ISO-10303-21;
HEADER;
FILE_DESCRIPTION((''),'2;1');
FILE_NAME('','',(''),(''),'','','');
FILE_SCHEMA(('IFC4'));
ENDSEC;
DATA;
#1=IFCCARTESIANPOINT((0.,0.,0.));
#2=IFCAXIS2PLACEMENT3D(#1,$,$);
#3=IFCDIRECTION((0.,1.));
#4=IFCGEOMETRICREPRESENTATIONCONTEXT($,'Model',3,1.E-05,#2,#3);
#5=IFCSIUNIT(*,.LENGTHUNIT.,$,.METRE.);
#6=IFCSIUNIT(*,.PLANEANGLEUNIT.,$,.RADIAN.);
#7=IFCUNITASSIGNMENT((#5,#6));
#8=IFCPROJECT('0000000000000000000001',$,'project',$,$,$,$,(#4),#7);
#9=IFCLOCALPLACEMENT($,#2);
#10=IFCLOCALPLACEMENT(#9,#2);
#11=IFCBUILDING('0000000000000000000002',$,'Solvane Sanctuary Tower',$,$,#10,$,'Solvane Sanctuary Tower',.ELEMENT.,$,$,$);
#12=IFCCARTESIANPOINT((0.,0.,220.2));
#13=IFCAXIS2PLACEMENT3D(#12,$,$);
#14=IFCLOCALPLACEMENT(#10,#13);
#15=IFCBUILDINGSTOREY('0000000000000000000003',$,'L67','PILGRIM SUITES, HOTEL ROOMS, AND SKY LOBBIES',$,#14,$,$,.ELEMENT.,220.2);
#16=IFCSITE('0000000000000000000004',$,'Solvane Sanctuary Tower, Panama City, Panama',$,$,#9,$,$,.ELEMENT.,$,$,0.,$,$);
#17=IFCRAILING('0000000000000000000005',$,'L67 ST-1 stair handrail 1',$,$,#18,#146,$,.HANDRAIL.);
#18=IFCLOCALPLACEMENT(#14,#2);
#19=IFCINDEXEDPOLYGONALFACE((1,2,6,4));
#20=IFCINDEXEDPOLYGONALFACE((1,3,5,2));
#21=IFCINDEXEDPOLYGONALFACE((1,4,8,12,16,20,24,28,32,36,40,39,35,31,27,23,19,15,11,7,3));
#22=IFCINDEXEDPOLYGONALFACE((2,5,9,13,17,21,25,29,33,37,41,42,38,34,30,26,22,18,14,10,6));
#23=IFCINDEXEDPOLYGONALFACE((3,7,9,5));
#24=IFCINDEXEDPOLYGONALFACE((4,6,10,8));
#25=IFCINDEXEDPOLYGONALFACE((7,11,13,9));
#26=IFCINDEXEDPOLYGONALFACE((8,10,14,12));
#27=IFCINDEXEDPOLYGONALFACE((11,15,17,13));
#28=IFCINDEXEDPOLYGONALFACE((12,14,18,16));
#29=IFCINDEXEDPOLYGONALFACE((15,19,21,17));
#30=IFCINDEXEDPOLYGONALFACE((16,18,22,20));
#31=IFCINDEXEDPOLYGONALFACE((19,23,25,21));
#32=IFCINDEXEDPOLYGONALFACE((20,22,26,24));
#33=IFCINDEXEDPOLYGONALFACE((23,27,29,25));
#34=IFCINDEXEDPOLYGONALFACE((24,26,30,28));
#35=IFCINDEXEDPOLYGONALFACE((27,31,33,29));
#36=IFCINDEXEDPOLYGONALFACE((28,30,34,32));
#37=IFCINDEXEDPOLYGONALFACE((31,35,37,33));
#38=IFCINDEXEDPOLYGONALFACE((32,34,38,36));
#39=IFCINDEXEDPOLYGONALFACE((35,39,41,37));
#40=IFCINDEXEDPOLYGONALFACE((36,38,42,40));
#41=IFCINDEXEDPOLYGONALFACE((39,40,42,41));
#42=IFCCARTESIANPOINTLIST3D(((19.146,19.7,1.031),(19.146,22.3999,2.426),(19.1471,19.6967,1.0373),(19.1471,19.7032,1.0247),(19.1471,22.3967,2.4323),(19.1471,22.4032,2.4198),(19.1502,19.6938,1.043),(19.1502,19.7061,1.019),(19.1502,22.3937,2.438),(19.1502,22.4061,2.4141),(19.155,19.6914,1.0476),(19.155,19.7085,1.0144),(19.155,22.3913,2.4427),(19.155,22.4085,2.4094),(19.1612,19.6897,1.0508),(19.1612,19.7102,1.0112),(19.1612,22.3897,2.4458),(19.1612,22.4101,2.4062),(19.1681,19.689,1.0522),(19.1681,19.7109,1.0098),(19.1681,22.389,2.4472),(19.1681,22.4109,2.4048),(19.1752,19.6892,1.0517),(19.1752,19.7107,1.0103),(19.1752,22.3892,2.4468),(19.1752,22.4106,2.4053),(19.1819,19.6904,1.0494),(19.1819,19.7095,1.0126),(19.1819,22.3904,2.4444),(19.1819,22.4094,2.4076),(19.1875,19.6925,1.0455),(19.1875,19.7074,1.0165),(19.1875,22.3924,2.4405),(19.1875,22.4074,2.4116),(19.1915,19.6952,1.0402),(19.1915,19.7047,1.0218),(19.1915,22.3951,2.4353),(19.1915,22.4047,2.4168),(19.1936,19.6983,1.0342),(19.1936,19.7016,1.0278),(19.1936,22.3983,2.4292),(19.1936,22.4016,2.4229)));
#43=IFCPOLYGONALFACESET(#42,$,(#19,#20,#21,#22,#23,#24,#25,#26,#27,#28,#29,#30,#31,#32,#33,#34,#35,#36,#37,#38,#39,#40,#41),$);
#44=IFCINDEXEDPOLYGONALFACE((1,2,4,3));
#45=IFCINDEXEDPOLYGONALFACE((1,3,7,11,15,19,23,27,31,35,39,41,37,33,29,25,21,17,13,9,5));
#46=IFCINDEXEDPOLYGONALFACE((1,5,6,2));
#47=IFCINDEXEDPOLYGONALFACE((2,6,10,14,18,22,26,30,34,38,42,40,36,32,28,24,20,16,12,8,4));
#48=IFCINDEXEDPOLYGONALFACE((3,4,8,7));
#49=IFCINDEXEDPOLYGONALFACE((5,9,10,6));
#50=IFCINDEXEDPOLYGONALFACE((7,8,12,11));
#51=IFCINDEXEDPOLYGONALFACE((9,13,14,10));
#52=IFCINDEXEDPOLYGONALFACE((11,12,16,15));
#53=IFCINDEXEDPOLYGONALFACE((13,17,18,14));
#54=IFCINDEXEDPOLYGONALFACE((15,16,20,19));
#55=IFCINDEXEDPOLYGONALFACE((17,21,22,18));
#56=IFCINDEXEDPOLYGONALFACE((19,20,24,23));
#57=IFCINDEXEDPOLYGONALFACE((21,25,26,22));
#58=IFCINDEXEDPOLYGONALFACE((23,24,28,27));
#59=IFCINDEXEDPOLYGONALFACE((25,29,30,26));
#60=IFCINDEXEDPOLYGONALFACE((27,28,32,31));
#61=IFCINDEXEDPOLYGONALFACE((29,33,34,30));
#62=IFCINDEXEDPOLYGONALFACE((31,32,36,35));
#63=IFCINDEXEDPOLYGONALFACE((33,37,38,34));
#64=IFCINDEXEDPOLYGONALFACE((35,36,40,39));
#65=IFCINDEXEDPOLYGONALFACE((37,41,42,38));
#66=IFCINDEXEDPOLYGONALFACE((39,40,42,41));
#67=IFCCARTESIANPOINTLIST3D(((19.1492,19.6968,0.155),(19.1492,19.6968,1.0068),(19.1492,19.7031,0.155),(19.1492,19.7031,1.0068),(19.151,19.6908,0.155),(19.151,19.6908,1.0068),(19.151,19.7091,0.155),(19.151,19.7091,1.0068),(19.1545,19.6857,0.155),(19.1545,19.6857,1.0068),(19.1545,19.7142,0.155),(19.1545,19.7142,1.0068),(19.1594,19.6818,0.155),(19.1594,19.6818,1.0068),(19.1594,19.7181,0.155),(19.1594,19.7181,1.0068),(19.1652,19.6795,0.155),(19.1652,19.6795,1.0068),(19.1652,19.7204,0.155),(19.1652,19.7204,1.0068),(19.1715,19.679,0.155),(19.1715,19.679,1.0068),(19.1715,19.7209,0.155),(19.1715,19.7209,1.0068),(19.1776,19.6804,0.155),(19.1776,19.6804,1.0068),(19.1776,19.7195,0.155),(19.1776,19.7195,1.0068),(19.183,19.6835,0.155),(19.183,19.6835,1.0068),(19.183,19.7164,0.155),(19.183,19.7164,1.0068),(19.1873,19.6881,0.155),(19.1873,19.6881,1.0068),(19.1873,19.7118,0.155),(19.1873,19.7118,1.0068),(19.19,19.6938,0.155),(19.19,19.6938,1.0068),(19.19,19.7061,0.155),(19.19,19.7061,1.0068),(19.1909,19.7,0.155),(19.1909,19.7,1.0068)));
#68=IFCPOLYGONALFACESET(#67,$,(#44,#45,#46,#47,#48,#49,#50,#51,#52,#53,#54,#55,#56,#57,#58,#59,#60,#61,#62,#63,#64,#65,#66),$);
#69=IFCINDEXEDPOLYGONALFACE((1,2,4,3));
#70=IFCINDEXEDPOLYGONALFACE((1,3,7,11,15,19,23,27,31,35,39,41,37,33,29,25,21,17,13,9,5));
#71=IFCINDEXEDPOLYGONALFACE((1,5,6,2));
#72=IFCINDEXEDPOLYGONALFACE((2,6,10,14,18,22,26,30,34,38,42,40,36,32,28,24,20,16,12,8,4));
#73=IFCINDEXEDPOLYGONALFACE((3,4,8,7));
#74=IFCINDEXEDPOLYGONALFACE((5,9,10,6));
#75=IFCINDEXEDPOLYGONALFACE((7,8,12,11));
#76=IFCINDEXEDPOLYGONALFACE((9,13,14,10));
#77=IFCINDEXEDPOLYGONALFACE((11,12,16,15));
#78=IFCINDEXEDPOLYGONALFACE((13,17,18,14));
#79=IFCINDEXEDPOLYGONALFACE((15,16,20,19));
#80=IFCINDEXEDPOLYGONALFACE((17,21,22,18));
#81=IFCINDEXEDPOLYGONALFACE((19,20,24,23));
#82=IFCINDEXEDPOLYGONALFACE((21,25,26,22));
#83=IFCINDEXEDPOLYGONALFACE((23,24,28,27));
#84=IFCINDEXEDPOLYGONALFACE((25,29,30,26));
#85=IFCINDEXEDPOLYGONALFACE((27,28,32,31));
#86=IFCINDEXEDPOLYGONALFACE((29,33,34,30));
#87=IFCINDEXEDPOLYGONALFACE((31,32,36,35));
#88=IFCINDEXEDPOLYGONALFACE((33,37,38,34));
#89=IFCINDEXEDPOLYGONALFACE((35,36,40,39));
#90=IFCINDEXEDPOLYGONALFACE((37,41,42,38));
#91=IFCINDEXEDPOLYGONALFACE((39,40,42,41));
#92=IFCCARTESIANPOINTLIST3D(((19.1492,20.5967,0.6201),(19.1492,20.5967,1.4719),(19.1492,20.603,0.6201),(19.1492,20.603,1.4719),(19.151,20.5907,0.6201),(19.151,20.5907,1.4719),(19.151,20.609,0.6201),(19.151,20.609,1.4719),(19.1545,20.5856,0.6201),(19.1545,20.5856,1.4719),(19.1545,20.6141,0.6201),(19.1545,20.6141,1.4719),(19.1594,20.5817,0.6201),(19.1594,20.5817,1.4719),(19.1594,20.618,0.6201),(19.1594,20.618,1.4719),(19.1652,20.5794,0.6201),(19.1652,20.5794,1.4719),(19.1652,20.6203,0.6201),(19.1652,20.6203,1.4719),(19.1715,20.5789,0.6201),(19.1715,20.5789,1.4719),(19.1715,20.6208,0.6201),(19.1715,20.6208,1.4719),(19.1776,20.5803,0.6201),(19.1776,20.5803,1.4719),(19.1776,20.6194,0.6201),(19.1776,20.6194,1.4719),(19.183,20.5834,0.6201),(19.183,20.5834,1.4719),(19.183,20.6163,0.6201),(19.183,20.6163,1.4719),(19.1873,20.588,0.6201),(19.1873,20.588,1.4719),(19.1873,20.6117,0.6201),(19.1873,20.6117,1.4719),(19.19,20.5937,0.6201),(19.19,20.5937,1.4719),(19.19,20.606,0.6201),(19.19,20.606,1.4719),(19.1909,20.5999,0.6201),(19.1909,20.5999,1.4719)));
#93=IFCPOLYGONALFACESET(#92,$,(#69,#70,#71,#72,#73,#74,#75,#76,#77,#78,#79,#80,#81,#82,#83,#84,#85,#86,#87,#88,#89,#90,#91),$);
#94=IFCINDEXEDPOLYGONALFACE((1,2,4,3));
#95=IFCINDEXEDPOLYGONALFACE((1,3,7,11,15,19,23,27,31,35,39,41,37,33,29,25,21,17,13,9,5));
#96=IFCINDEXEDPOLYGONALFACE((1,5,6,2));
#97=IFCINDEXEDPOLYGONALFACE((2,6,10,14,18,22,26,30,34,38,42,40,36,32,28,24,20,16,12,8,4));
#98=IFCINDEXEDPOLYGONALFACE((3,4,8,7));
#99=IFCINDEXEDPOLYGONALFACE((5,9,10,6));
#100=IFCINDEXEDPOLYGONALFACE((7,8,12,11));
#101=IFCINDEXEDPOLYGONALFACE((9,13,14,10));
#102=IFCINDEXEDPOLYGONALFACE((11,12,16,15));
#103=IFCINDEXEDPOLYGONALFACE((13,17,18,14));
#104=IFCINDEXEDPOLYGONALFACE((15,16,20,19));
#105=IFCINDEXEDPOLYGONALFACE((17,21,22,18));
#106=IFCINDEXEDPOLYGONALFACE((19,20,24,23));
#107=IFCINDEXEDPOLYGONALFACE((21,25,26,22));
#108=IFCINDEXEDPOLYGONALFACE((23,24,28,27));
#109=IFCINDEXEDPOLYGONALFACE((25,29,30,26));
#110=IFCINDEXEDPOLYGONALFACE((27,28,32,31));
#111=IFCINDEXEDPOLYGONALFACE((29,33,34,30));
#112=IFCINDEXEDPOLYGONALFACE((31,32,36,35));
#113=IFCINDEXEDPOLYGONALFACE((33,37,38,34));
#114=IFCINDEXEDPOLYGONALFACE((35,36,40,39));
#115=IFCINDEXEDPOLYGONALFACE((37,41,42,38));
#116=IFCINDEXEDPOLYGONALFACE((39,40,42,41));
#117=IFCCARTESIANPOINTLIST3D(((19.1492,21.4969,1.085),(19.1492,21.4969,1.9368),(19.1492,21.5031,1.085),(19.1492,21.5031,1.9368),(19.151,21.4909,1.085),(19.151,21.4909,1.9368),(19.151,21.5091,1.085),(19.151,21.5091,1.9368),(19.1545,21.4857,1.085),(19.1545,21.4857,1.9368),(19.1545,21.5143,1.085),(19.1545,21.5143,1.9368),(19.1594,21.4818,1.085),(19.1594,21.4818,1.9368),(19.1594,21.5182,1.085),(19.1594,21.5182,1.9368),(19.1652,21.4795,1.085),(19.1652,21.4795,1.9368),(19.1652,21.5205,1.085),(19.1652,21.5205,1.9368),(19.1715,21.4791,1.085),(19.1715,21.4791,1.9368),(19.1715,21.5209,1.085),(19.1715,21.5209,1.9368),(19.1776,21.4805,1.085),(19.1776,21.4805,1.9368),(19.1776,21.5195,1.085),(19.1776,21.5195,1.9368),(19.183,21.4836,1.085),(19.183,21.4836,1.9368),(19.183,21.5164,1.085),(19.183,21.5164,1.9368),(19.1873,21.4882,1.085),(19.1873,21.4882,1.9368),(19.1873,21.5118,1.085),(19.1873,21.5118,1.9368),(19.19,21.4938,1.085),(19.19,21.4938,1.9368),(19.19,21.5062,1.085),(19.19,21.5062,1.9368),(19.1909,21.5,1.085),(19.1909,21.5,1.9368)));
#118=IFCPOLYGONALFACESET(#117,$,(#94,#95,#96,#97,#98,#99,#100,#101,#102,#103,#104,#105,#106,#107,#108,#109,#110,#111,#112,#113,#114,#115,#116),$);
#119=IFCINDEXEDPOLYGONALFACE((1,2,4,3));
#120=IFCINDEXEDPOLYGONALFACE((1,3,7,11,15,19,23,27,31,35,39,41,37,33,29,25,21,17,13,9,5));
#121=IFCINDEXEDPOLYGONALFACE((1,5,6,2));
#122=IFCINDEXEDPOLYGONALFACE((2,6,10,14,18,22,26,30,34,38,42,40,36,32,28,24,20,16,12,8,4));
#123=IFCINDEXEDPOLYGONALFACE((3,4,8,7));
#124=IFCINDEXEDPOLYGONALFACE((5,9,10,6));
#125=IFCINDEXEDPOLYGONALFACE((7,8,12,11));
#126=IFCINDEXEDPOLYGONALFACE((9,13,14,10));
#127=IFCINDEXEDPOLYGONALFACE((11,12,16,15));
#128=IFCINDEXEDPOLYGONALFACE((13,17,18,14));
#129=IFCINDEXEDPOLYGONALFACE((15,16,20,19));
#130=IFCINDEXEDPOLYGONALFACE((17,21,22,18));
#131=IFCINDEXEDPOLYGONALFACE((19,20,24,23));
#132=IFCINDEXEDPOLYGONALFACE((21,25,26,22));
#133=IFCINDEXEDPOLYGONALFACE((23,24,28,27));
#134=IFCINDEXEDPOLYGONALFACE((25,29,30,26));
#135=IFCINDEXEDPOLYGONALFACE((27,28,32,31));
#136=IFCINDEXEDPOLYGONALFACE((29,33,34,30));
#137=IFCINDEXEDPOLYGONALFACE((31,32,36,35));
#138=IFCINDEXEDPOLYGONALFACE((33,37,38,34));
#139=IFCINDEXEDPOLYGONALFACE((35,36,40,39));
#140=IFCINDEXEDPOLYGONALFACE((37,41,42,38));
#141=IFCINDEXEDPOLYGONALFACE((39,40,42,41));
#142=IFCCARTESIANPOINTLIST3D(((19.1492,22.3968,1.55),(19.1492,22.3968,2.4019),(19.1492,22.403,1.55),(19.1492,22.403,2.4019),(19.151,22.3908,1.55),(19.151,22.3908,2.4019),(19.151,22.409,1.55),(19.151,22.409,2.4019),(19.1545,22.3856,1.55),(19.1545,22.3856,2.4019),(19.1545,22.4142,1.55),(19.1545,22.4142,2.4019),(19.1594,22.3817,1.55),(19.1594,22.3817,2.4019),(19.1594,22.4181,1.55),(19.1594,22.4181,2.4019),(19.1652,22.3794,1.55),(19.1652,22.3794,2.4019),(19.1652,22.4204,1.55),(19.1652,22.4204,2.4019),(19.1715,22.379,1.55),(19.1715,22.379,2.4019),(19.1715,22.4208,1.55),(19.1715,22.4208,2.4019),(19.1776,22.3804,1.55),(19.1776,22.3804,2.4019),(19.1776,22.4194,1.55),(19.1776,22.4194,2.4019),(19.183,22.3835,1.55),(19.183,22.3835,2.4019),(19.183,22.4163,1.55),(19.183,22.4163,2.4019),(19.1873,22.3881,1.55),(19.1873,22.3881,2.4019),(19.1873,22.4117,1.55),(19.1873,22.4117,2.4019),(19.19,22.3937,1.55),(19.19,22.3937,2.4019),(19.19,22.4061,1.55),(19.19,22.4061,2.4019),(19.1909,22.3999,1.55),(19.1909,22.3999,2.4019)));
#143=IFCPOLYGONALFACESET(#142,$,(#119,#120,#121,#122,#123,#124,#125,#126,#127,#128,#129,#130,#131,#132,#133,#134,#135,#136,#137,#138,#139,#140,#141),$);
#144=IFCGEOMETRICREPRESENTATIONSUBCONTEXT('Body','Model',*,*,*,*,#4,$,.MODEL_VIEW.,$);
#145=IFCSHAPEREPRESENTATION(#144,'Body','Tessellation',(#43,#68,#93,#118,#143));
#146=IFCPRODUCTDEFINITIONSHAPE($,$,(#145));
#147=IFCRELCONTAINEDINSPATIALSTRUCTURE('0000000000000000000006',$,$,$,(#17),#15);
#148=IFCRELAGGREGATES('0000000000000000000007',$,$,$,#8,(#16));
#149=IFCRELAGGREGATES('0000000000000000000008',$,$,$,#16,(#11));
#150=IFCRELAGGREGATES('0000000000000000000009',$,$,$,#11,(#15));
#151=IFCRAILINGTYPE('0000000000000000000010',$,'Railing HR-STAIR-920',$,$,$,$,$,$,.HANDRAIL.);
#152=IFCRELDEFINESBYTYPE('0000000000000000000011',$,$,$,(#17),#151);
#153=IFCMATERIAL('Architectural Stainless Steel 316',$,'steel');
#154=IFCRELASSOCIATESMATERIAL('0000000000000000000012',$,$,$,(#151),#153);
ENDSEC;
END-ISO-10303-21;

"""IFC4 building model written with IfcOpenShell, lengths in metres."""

from ifc_helpers import new_model, si_unit, direction, frame, origin, origin_2d, place, context, subcontext, project, spatial, circle, extrude, material, type_object, element, save


model = new_model("IFC4")

# Units and contexts
model_context = context("Model", 3, precision=1e-05, world=origin(), true_north=direction((0.0, 1.0)))
body_context = subcontext(model_context, "Body", "Model", "MODEL_VIEW")
ifc_project = project(units=[si_unit("LENGTHUNIT", "METRE"), si_unit("PLANEANGLEUNIT", "RADIAN")], contexts=[model_context])

# Site, building, storey
site_placement = place(None, origin())
site = spatial("IfcSite", under=ifc_project, at=site_placement, Name="Solvane Sanctuary Tower, Panama City, Panama", CompositionType="ELEMENT", RefElevation=0.0)
building_placement = place(site_placement, origin())
building = spatial("IfcBuilding", under=site, at=building_placement, Name="Solvane Sanctuary Tower", LongName="Solvane Sanctuary Tower", CompositionType="ELEMENT")
storey_placement = place(building_placement, frame((0.0, 0.0, 220.2)))
storey = spatial("IfcBuildingStorey", under=building, at=storey_placement, Name="L67", Description="PILGRIM SUITES, HOTEL ROOMS, AND SKY LOBBIES", CompositionType="ELEMENT", Elevation=220.2)

# Shared definitions
ifc_material_1 = material(Name="Architectural Stainless Steel 316", Category="steel")

# Railing
railing_type_1 = type_object("IfcRailingType", Name="Railing HR-STAIR-920", PredefinedType="HANDRAIL", material=ifc_material_1)
railing_1_placement = place(storey_placement, frame((19.1699, 19.7, 0.155)))
element("IfcRailing", 1, at=railing_1_placement, inside=storey, type_object=railing_type_1, Name="L67 ST-1 stair handrail 1", PredefinedType="HANDRAIL", context=body_context, shape_type="SweptSolid", body=[
    extrude(circle(Radius=0.0239, at=origin_2d()), frame((0.0, 0.0, 0.876), z_axis=(0.0, 0.88842, 0.459032), x_axis=(-1.0, 0.0, 0.0)), (0.0, 0.0, 1.0), 3.0391),
    extrude(circle(Radius=0.021, at=origin_2d()), origin(), (0.0, 0.0, 1.0), 0.8518),
    extrude(circle(Radius=0.021, at=origin_2d()), frame((0.0, 0.8999, 0.4651)), (0.0, 0.0, 1.0), 0.8518),
    extrude(circle(Radius=0.021, at=origin_2d()), frame((0.0, 1.8, 0.9299)), (0.0, 0.0, 1.0), 0.8518),
    extrude(circle(Radius=0.021, at=origin_2d()), frame((0.0, 2.7, 1.395)), (0.0, 0.0, 1.0), 0.8518),
])

save(model, "model.ifc")
